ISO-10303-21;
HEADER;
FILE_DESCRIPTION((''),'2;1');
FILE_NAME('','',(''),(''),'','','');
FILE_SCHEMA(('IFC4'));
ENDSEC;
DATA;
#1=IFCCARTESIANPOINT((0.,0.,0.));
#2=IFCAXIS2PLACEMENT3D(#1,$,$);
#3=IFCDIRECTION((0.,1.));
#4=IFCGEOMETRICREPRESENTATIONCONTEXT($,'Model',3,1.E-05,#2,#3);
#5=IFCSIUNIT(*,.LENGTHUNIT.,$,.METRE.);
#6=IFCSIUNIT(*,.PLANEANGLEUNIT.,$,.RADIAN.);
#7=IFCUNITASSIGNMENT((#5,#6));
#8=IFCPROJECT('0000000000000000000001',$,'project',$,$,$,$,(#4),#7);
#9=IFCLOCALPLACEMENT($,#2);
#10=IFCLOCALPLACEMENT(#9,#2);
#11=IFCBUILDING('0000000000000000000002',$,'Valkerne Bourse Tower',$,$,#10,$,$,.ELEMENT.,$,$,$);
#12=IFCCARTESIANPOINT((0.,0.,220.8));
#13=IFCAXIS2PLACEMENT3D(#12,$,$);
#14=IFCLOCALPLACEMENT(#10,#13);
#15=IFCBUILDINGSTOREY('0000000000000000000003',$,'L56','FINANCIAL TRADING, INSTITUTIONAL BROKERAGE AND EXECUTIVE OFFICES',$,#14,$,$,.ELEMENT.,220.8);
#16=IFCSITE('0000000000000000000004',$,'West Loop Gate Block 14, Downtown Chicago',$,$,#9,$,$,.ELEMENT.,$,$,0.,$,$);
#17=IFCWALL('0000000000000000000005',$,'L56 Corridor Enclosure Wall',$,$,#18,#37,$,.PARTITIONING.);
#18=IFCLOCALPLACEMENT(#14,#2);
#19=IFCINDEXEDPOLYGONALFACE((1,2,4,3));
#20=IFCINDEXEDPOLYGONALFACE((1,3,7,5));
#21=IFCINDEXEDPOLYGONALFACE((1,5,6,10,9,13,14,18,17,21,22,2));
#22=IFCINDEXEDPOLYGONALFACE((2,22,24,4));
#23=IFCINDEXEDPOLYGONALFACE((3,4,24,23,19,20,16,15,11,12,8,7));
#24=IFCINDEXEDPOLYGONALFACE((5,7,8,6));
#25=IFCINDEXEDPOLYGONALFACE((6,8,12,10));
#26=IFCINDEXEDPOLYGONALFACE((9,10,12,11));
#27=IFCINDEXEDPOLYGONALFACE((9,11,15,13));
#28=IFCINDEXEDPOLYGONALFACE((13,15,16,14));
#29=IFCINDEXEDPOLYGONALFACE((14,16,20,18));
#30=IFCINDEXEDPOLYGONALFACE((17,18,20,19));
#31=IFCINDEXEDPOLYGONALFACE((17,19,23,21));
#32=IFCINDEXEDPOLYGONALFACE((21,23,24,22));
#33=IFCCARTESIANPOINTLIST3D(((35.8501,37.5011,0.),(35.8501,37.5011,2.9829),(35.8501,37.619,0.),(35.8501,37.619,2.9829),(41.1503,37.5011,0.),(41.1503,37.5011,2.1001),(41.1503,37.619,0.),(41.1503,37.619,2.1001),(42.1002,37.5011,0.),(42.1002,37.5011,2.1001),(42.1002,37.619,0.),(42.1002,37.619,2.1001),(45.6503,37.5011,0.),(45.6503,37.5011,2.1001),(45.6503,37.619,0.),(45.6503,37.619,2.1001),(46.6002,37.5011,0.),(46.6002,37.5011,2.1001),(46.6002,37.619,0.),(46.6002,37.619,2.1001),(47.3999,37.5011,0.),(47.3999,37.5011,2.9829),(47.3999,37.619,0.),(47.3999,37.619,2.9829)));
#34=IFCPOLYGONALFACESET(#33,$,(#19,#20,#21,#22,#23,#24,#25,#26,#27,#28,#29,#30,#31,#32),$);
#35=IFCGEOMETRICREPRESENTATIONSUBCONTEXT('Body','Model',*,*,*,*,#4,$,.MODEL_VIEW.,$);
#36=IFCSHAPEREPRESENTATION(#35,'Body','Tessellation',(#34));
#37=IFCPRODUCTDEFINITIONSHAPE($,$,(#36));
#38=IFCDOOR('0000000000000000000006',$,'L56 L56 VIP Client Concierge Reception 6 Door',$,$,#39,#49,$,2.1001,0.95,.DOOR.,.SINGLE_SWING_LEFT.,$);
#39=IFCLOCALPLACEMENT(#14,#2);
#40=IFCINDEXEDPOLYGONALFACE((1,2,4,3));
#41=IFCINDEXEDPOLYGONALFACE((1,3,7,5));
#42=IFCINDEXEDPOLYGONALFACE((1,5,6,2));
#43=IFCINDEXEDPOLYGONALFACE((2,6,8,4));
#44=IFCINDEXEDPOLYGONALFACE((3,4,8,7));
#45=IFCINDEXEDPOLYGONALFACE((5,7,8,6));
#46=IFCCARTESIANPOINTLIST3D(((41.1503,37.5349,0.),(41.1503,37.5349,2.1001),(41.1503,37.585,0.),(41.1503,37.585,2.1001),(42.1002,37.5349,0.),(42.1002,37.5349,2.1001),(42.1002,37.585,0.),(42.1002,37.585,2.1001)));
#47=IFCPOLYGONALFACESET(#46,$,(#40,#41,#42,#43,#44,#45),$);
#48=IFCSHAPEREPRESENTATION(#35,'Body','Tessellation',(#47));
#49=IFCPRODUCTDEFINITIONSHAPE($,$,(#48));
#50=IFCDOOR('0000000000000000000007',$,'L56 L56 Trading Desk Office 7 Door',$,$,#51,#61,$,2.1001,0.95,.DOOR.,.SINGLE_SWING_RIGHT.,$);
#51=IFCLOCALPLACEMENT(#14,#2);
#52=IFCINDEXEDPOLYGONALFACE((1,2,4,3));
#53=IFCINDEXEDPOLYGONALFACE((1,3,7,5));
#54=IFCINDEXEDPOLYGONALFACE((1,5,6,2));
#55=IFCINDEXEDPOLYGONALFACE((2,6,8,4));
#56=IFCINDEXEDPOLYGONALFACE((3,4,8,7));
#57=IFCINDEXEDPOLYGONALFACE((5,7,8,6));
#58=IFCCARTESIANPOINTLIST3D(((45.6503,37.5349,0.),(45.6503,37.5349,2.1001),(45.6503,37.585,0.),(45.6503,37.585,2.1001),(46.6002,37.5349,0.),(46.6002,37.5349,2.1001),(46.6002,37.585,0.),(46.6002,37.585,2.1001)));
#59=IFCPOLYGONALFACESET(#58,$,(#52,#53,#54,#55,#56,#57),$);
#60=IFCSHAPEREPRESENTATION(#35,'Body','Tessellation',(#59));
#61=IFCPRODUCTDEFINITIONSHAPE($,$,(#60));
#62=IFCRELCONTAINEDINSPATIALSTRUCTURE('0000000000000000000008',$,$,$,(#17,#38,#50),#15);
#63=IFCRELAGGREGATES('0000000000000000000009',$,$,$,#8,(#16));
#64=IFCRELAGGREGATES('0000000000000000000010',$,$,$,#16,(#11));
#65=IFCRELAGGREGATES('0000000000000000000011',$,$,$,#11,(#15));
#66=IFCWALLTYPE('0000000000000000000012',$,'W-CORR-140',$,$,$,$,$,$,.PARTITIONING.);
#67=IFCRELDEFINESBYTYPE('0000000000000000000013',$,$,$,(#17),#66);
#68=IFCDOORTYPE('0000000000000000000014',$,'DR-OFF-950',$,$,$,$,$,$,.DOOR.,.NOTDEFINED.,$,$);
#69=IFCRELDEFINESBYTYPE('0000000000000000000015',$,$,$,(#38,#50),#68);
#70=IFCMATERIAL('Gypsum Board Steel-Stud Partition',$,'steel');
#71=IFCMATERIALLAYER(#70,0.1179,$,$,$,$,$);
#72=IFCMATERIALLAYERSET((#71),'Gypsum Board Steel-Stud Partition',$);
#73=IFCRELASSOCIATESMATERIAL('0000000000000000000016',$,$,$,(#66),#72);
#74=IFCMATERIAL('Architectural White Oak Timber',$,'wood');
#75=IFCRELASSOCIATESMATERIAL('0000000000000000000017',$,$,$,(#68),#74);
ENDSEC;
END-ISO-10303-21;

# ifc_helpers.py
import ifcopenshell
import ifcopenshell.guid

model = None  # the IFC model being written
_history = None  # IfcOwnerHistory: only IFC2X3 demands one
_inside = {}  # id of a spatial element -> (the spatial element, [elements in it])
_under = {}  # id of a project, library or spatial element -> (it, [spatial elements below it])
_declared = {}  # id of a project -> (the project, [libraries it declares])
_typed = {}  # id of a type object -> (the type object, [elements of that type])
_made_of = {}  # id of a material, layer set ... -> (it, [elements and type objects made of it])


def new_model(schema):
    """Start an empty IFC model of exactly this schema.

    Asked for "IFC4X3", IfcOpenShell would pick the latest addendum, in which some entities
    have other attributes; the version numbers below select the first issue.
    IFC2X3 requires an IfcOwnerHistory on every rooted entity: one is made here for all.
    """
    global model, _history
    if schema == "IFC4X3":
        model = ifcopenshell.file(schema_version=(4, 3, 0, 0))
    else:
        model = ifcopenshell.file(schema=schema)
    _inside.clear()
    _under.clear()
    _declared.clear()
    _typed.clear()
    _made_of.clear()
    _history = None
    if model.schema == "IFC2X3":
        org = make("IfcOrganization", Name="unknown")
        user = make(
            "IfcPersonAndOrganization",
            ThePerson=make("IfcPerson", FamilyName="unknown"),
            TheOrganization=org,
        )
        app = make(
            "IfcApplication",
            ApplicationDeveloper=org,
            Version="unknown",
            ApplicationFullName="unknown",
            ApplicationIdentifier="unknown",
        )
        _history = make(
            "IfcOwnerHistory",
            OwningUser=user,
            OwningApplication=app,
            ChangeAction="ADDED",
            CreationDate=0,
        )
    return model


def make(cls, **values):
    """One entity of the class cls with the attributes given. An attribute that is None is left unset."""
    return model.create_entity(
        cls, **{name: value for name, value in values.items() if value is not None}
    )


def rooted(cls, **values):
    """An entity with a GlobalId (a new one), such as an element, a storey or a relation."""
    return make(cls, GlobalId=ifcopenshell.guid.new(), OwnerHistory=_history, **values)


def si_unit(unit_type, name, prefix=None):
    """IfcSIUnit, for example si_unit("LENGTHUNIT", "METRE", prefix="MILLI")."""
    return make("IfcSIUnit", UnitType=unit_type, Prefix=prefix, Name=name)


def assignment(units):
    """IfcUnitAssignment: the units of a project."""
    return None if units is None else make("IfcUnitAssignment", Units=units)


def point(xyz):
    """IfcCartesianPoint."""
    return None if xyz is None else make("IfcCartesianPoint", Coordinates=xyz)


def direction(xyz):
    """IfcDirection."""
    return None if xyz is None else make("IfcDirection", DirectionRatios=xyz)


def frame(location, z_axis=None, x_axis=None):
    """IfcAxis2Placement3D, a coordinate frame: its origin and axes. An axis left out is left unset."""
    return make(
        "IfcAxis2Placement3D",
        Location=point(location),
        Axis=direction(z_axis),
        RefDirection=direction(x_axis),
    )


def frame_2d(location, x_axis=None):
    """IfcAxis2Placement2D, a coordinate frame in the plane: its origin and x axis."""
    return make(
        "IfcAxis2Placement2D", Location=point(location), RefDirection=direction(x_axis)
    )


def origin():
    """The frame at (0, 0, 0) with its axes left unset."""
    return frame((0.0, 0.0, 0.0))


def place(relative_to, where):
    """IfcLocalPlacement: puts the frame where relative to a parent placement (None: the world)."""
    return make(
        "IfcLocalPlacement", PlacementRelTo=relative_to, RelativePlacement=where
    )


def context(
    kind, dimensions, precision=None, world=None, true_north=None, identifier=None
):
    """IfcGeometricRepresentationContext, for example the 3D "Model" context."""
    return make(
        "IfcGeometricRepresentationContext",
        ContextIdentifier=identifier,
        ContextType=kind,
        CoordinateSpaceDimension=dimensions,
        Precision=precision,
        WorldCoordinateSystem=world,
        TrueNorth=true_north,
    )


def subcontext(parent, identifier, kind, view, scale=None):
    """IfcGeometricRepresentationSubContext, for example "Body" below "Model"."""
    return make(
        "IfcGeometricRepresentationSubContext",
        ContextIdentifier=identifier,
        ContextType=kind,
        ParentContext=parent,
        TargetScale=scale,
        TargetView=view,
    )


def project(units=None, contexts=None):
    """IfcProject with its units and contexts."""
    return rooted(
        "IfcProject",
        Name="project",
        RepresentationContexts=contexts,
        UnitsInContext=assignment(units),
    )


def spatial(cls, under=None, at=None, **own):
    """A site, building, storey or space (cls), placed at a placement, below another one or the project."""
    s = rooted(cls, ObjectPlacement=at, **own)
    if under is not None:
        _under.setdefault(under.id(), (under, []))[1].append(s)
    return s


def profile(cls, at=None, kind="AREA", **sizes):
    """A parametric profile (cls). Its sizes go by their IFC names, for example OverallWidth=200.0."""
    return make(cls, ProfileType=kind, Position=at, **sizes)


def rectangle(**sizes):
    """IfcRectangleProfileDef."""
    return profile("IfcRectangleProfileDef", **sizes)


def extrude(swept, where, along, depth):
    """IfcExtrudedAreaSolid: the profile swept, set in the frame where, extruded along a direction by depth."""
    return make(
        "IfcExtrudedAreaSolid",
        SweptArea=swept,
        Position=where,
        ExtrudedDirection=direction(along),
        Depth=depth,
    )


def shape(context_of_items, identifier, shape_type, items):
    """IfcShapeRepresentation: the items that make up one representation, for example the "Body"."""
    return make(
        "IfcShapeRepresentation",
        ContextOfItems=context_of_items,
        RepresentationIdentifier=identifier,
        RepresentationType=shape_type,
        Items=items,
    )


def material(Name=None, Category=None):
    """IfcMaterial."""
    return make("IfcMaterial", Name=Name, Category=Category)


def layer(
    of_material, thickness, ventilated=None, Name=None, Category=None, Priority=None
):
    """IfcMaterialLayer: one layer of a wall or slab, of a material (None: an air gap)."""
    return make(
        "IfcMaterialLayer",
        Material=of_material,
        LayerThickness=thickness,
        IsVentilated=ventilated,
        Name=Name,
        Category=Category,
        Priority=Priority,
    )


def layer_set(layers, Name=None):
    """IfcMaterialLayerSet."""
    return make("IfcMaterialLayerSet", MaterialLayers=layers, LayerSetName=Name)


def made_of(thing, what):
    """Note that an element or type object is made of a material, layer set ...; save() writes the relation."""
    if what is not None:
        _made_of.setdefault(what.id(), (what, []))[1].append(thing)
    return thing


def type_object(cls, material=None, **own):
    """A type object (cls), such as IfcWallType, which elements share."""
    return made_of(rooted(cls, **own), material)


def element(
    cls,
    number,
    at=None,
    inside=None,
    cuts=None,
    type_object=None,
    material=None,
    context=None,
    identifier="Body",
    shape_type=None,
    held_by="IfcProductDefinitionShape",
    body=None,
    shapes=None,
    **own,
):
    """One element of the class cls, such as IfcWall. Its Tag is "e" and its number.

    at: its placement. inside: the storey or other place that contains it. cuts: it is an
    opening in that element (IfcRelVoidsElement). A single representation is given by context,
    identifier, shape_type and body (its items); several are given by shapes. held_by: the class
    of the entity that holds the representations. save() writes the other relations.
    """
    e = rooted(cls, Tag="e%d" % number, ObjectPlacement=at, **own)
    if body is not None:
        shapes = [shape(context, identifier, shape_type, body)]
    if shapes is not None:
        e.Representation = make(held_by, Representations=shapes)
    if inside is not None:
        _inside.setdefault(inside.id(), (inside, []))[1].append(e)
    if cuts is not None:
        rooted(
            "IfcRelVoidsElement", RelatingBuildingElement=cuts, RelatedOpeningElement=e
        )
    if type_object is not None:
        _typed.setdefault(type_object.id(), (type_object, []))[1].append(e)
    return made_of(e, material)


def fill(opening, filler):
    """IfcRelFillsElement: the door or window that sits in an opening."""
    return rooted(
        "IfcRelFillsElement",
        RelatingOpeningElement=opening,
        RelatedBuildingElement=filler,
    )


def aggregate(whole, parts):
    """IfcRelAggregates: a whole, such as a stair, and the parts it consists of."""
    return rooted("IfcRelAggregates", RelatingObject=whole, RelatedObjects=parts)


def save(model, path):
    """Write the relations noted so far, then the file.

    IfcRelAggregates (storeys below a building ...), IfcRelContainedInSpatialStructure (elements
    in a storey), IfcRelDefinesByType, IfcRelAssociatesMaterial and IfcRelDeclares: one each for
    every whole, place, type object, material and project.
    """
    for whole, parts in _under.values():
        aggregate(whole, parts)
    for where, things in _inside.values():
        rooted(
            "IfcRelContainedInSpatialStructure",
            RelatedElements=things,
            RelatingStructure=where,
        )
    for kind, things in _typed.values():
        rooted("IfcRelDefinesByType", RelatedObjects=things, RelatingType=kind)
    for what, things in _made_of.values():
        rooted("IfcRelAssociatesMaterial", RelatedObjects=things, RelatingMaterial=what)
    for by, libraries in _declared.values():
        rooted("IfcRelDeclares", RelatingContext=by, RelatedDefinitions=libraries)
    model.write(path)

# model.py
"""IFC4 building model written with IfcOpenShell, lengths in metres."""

from ifc_helpers import new_model, si_unit, direction, frame, frame_2d, origin, place, context, subcontext, project, spatial, rectangle, extrude, material, layer, layer_set, type_object, element, fill, save


model = new_model("IFC4")

# Units and contexts
model_context = context("Model", 3, precision=1e-05, world=origin(), true_north=direction((0.0, 1.0)))
body_context = subcontext(model_context, "Body", "Model", "MODEL_VIEW")
ifc_project = project(units=[si_unit("LENGTHUNIT", "METRE"), si_unit("PLANEANGLEUNIT", "RADIAN")], contexts=[model_context])

# Site, building, storey
site_placement = place(None, origin())
site = spatial("IfcSite", under=ifc_project, at=site_placement, Name="West Loop Gate Block 14, Downtown Chicago", CompositionType="ELEMENT", RefElevation=0.0)
building_placement = place(site_placement, origin())
building = spatial("IfcBuilding", under=site, at=building_placement, Name="Valkerne Bourse Tower", CompositionType="ELEMENT")
storey_placement = place(building_placement, frame((0.0, 0.0, 220.8)))
storey = spatial("IfcBuildingStorey", under=building, at=storey_placement, Name="L56", Description="FINANCIAL TRADING, INSTITUTIONAL BROKERAGE AND EXECUTIVE OFFICES", CompositionType="ELEMENT", Elevation=220.8)

# Wall, openings, doors
ifc_material_1 = material(Name="Gypsum Board Steel-Stud Partition", Category="steel")
ifc_layer_1 = layer(ifc_material_1, 0.1179)
ifc_layer_set_1 = layer_set([ifc_layer_1], Name="Gypsum Board Steel-Stud Partition")
wall_type = type_object("IfcWallType", Name="W-CORR-140", PredefinedType="PARTITIONING", material=ifc_layer_set_1)
wall_placement = place(storey_placement, frame((35.8501, 37.5601, 0.0), z_axis=(0.0, 0.0, 1.0), x_axis=(1.0, 0.0, 0.0)))
wall = element("IfcWall", 1, at=wall_placement, inside=storey, type_object=wall_type, Name="L56 Corridor Enclosure Wall", PredefinedType="PARTITIONING", context=body_context, shape_type="SweptSolid", body=[
    extrude(rectangle(XDim=11.5498, YDim=0.1179, at=frame_2d((5.7749, 0.0))), origin(), (0.0, 0.0, 1.0), 2.9829),
])
opening_1_placement = place(wall_placement, frame((5.3, 0.0, 0.0)))
opening_1 = element("IfcOpeningElement", 2, at=opening_1_placement, cuts=wall, PredefinedType="OPENING", context=body_context, shape_type="SweptSolid", body=[
    extrude(rectangle(XDim=0.95, YDim=2.1001, at=frame_2d((0.4751, 1.05))), frame((0.0, 0.0688, 0.0), z_axis=(0.0, -1.0, 0.0), x_axis=(1.0, 0.0, 0.0)), (0.0, 0.0, 1.0), 0.1379),
])
opening_2_placement = place(wall_placement, frame((9.8, 0.0, 0.0)))
opening_2 = element("IfcOpeningElement", 3, at=opening_2_placement, cuts=wall, PredefinedType="OPENING", context=body_context, shape_type="SweptSolid", body=[
    extrude(rectangle(XDim=0.95, YDim=2.1001, at=frame_2d((0.4751, 1.05))), frame((0.0, 0.0688, 0.0), z_axis=(0.0, -1.0, 0.0), x_axis=(1.0, 0.0, 0.0)), (0.0, 0.0, 1.0), 0.1379),
])
ifc_material_2 = material(Name="Architectural White Oak Timber", Category="wood")
door_type = type_object("IfcDoorType", Name="DR-OFF-950", OperationType="NOTDEFINED", PredefinedType="DOOR", material=ifc_material_2)
door_1_placement = place(opening_1_placement, origin())
door_1 = element("IfcDoor", 4, at=door_1_placement, inside=storey, type_object=door_type, Name="L56 L56 VIP Client Concierge Reception 6 Door", OperationType="SINGLE_SWING_LEFT", OverallHeight=2.1001, OverallWidth=0.95, PredefinedType="DOOR", context=body_context, shape_type="SweptSolid", body=[
    extrude(rectangle(XDim=0.95, YDim=2.1001, at=frame_2d((0.4751, 1.05))), frame((0.0, 0.0249, 0.0), z_axis=(0.0, -1.0, 0.0), x_axis=(1.0, 0.0, 0.0)), (0.0, 0.0, 1.0), 0.05),
])
fill(opening_1, door_1)
door_2_placement = place(opening_2_placement, origin())
door_2 = element("IfcDoor", 5, at=door_2_placement, inside=storey, type_object=door_type, Name="L56 L56 Trading Desk Office 7 Door", OperationType="SINGLE_SWING_RIGHT", OverallHeight=2.1001, OverallWidth=0.95, PredefinedType="DOOR", context=body_context, shape_type="SweptSolid", body=[
    extrude(rectangle(XDim=0.95, YDim=2.1001, at=frame_2d((0.4751, 1.05))), frame((0.0, 0.0249, 0.0), z_axis=(0.0, -1.0, 0.0), x_axis=(1.0, 0.0, 0.0)), (0.0, 0.0, 1.0), 0.05),
])
fill(opening_2, door_2)

save(model, "model.ifc")
